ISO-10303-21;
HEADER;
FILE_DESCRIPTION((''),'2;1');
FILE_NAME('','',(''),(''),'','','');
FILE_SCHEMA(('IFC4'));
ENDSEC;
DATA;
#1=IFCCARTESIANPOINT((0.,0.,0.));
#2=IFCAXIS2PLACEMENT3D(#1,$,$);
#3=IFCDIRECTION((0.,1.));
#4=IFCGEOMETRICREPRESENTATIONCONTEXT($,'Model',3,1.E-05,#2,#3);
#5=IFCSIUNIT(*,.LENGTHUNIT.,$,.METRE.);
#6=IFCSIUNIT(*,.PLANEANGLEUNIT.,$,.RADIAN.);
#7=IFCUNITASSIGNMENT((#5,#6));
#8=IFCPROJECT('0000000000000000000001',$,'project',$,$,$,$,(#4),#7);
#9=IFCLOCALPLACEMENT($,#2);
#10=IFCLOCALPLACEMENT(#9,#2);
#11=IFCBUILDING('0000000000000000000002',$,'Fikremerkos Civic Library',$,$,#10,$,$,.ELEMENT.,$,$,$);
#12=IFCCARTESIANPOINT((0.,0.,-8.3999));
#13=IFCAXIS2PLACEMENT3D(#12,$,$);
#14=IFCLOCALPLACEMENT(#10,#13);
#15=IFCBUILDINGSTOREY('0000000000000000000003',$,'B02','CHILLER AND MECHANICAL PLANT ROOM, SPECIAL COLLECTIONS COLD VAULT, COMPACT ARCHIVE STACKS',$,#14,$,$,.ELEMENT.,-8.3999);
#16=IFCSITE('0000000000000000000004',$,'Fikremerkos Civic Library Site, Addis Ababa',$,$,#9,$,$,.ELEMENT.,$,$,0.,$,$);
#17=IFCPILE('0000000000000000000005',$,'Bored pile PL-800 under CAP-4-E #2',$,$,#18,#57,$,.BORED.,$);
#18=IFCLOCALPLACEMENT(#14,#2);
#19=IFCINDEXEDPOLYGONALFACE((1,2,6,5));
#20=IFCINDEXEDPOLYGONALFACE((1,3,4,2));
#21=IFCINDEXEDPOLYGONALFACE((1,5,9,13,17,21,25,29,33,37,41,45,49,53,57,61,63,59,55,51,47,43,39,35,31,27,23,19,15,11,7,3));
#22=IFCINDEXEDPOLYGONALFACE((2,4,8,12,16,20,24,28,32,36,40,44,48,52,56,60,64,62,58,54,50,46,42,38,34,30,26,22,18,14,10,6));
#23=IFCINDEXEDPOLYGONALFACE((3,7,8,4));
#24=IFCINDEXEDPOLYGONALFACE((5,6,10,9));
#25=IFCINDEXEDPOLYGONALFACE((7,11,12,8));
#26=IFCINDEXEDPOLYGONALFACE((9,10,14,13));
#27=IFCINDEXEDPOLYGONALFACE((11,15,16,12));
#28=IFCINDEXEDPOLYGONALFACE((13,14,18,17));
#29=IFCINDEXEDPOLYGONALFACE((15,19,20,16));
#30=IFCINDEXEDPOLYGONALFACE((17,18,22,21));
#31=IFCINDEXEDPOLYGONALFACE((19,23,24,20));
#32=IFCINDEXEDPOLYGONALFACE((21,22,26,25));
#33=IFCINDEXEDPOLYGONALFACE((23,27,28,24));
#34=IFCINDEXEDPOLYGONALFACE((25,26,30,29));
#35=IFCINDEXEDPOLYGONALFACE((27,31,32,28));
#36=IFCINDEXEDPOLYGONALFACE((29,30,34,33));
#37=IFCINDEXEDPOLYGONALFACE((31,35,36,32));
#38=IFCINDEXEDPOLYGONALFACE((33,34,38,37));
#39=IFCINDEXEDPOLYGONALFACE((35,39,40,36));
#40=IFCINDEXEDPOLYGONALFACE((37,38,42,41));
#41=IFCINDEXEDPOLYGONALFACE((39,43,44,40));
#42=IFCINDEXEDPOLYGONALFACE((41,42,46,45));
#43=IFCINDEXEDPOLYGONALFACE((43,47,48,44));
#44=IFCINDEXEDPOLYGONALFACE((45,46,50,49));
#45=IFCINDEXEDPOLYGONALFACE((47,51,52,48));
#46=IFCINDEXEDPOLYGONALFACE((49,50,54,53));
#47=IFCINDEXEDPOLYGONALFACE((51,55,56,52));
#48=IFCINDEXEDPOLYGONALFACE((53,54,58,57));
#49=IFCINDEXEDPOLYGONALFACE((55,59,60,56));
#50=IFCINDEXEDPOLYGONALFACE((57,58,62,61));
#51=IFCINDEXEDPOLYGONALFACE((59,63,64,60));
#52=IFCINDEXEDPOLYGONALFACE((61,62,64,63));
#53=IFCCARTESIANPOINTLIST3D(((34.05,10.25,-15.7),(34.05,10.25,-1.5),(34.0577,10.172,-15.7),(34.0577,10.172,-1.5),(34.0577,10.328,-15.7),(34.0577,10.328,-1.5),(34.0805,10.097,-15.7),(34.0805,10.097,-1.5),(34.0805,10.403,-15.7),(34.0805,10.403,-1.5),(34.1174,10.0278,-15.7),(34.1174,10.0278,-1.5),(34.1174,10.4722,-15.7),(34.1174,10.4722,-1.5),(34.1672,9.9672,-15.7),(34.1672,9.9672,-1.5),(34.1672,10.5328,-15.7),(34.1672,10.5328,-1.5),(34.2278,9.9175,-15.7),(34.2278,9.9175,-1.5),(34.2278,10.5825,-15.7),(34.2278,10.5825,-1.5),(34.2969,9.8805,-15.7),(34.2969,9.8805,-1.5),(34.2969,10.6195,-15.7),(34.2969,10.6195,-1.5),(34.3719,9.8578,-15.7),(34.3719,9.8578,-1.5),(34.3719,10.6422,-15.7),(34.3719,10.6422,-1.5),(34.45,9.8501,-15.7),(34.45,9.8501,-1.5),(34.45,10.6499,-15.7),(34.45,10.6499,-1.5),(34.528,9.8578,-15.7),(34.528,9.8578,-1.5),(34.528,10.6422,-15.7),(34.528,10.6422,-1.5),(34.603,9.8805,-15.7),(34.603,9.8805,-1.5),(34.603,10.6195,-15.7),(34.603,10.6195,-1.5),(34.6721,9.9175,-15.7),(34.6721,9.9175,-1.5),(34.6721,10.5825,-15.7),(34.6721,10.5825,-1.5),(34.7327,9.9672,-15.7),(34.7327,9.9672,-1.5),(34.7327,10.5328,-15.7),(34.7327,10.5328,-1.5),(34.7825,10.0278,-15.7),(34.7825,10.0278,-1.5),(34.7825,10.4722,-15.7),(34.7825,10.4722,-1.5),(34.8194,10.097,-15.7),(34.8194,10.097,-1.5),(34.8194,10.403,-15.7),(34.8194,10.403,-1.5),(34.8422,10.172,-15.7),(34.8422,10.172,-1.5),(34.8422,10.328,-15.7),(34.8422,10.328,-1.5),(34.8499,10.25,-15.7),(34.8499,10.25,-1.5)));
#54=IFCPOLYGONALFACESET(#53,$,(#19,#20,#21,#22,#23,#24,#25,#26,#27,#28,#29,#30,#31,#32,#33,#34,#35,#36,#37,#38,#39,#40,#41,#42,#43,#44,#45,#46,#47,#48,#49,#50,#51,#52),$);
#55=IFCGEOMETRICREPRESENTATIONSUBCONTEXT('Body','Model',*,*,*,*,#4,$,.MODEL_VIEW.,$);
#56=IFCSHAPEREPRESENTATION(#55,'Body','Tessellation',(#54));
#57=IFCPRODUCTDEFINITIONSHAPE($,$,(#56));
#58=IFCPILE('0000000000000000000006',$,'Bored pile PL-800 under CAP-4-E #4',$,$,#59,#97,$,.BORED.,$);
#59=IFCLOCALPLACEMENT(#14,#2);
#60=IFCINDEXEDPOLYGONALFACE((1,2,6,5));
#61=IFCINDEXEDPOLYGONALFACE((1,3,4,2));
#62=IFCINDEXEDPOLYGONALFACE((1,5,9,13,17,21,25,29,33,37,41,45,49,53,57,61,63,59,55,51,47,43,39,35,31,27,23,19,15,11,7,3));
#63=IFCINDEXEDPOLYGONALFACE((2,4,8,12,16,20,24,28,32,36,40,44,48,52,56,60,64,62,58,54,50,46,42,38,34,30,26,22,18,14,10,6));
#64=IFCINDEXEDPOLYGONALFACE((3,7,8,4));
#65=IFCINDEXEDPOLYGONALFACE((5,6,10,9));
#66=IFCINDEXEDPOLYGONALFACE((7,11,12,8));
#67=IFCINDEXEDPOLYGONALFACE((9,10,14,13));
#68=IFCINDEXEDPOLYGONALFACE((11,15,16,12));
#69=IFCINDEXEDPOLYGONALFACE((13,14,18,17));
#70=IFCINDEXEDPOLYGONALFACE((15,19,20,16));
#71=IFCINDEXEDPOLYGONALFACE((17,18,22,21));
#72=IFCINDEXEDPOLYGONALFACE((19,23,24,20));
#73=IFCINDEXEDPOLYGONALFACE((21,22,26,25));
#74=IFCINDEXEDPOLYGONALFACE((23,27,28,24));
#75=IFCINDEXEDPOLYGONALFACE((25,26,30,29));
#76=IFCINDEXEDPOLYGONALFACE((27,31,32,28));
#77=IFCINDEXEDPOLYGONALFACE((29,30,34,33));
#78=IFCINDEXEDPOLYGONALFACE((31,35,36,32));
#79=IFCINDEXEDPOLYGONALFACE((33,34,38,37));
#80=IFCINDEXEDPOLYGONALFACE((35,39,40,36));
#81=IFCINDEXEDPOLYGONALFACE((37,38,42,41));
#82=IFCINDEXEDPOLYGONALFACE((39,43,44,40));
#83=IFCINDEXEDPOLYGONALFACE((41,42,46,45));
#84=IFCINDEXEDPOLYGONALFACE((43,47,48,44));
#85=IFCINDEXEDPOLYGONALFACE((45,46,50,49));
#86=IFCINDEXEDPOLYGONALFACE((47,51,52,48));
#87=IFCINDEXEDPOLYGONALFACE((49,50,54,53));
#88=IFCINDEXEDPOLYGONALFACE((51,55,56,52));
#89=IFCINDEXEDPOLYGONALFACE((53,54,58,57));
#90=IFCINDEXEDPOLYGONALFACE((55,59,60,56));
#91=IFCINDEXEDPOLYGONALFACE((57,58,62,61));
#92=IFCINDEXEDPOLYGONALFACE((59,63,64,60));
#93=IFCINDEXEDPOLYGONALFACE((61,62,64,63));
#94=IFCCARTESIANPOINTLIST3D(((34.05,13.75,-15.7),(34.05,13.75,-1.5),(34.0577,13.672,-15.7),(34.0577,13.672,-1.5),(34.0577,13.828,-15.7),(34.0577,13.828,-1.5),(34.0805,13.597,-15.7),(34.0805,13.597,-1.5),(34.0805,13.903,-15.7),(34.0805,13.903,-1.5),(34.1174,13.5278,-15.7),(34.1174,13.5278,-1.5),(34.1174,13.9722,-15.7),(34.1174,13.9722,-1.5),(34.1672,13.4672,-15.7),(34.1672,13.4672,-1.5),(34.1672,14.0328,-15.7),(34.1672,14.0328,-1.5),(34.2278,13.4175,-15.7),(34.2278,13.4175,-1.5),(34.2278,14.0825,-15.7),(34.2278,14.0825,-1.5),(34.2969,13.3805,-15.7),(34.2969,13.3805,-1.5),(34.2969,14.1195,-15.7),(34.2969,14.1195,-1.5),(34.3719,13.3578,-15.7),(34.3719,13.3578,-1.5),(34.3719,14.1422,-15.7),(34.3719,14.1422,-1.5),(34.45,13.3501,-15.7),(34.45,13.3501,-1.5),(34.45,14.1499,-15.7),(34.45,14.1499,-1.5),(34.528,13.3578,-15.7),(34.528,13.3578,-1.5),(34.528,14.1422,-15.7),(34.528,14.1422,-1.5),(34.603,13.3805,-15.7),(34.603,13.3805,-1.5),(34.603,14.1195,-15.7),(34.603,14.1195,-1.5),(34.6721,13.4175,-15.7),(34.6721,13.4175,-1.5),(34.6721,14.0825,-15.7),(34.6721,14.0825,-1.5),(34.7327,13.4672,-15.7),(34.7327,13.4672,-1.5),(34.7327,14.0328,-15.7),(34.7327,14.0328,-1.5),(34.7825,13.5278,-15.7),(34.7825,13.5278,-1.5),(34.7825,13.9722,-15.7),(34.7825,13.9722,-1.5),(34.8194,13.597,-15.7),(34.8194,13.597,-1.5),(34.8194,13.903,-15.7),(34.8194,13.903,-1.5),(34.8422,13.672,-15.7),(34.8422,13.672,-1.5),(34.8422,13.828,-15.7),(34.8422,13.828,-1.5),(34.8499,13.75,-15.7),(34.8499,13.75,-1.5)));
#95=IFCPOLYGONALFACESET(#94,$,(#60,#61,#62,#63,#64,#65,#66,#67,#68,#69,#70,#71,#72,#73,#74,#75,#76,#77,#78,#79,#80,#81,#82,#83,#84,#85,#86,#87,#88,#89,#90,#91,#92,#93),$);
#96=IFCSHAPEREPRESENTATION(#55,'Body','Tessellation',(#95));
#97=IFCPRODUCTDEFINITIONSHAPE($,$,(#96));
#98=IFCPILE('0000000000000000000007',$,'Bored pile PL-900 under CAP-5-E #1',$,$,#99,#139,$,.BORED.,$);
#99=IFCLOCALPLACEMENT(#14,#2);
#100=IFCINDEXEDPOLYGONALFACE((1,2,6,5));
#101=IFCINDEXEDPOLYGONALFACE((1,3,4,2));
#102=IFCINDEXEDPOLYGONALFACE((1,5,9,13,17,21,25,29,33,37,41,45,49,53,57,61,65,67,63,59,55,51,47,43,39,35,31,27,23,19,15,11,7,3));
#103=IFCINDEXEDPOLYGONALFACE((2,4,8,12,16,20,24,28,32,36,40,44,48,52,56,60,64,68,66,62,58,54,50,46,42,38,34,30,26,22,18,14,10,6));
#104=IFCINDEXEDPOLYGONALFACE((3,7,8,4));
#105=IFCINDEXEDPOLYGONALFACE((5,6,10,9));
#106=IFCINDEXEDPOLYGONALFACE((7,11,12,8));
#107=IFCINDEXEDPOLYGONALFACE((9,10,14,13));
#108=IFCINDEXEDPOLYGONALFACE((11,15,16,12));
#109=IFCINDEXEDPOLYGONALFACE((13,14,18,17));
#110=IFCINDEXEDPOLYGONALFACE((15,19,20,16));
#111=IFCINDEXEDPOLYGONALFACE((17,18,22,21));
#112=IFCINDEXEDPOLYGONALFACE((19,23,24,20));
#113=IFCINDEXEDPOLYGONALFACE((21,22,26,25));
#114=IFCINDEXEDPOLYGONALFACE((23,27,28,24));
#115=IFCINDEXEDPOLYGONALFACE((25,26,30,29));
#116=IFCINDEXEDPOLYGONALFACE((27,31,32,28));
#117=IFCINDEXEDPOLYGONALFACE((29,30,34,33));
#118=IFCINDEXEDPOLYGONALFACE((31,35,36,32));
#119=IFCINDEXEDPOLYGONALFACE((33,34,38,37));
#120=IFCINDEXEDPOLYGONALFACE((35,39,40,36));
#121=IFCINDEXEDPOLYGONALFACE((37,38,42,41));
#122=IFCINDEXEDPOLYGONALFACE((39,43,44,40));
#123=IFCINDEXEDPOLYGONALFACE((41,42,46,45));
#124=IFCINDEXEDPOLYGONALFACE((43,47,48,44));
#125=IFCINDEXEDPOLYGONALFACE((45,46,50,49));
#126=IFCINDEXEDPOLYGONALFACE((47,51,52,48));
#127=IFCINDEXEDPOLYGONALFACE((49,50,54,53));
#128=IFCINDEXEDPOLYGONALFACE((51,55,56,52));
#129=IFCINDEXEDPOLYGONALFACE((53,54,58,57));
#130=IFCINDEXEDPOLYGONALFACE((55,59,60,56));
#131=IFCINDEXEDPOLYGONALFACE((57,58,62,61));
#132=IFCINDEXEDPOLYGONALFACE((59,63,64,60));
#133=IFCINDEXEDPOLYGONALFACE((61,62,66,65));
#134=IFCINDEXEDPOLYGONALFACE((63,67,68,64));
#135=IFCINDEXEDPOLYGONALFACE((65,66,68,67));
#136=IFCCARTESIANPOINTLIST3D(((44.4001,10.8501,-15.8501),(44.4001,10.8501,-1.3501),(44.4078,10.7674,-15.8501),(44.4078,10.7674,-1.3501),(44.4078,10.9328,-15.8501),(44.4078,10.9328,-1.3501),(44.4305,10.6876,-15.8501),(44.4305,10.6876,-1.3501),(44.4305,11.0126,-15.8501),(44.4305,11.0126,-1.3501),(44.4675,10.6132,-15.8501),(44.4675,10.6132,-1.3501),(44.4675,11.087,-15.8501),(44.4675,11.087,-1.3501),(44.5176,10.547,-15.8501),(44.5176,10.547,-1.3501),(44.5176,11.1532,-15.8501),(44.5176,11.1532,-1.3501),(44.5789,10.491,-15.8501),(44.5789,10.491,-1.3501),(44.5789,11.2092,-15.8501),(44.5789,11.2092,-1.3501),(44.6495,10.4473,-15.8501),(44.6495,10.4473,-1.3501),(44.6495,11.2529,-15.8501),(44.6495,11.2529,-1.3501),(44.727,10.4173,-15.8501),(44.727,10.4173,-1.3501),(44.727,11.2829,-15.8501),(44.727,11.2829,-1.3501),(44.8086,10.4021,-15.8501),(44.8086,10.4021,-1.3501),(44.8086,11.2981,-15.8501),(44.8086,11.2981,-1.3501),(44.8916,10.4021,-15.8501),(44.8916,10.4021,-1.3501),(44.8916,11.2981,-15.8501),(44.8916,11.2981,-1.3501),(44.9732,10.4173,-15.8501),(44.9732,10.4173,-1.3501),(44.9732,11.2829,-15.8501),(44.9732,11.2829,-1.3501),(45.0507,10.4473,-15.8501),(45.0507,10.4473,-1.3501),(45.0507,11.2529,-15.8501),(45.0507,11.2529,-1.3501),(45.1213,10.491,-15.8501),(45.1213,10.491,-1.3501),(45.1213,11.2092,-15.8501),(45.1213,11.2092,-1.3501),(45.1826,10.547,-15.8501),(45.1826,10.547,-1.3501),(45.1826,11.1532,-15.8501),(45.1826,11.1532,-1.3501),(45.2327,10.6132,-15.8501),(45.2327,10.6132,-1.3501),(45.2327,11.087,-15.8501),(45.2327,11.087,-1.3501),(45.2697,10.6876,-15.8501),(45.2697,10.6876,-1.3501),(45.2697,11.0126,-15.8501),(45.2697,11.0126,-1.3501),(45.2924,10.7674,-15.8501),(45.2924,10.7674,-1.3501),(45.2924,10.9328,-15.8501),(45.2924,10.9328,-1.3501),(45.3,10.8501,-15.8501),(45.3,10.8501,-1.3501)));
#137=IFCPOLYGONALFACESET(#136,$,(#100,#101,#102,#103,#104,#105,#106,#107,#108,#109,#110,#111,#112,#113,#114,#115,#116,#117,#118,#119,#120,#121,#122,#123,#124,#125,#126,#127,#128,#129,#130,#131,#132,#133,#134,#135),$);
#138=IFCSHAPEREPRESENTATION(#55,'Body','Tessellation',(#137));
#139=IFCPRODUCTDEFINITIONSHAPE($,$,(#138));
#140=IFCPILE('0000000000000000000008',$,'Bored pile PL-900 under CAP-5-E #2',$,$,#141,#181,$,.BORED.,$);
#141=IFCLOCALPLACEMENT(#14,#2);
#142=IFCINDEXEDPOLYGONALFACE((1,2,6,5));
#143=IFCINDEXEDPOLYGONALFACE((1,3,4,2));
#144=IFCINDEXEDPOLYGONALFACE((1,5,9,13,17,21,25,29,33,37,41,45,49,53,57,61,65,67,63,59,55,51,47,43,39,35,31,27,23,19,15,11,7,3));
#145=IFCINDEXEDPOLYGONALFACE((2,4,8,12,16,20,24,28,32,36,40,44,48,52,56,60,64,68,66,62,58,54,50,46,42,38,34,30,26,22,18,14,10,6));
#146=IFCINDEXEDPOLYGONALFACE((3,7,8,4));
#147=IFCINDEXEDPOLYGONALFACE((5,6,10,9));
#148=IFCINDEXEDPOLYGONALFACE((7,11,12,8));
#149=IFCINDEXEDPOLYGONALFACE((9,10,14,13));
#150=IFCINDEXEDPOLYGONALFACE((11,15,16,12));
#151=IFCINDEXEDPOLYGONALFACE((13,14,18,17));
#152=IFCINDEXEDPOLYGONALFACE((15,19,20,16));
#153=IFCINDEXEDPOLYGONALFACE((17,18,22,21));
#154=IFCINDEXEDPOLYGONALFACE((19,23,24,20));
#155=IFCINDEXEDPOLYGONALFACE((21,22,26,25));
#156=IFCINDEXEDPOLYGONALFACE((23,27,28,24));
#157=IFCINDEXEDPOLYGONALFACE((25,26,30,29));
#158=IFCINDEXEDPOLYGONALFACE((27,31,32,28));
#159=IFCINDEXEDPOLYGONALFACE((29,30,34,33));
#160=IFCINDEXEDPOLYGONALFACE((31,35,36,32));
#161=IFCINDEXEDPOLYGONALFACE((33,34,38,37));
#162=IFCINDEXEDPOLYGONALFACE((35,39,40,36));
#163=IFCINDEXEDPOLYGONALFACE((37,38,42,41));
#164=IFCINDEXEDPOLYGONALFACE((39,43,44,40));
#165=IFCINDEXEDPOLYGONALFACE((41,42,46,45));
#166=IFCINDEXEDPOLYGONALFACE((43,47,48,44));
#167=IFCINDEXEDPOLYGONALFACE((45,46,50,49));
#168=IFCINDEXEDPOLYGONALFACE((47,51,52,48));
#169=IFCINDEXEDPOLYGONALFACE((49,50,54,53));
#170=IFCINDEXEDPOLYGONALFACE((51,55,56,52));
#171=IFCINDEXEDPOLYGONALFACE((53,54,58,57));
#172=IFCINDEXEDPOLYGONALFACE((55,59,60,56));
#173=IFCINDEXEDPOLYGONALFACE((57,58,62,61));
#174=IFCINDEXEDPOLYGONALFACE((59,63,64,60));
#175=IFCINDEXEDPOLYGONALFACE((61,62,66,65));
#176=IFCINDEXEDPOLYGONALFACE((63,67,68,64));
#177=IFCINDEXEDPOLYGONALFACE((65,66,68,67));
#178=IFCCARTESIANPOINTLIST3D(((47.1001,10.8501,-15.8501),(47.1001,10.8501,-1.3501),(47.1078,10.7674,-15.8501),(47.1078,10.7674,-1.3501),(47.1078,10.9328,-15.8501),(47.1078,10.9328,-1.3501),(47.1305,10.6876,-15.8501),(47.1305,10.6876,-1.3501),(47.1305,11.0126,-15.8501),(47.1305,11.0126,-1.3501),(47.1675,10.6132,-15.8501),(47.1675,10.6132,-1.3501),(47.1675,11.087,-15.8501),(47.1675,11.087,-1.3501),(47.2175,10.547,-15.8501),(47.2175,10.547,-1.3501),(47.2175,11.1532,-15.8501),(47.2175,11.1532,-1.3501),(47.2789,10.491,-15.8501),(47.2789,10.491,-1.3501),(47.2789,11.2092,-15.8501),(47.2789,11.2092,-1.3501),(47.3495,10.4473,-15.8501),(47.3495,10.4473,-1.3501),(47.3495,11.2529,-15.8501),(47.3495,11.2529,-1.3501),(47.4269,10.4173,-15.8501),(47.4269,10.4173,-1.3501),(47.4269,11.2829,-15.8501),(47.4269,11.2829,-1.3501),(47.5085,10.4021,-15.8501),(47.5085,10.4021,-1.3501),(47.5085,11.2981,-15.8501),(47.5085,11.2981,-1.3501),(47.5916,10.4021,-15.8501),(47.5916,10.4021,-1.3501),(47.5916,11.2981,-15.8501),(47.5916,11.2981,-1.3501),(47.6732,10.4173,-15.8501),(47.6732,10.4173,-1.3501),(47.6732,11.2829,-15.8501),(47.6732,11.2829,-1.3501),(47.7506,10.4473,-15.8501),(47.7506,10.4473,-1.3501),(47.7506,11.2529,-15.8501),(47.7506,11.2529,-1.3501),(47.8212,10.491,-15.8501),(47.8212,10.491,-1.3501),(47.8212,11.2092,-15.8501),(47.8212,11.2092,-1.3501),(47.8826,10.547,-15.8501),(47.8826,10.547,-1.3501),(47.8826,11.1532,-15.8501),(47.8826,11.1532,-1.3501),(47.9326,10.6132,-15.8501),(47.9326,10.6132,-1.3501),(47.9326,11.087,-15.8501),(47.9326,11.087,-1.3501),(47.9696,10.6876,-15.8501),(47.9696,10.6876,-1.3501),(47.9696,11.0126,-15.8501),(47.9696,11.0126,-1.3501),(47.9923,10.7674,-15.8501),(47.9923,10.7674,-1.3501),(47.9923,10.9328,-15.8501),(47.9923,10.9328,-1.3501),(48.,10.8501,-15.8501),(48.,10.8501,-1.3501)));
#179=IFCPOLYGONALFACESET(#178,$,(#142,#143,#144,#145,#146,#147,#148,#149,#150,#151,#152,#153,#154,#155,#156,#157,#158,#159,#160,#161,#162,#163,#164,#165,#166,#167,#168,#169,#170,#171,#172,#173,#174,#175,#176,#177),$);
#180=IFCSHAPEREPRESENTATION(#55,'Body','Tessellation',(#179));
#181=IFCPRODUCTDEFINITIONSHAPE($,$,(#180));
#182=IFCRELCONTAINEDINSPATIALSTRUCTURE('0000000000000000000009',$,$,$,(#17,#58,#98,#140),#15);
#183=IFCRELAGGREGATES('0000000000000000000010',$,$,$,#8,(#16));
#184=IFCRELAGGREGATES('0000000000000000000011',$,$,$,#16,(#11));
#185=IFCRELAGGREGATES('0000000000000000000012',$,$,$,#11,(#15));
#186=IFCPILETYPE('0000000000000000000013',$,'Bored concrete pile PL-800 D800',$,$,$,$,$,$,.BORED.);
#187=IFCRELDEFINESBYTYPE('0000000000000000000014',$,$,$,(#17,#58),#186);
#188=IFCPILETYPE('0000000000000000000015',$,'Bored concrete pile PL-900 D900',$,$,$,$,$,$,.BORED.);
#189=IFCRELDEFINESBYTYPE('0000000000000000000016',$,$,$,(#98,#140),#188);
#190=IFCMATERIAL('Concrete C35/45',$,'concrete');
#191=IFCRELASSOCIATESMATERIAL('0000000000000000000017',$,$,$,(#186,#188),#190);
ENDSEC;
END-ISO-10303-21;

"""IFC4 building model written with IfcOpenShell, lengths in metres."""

from ifc_helpers import new_model, si_unit, direction, frame, origin, origin_2d, place, context, subcontext, project, spatial, circle, extrude, material, material_profile, profile_set, type_object, element, save


model = new_model("IFC4")

# Units and contexts
model_context = context("Model", 3, precision=1e-05, world=origin(), true_north=direction((0.0, 1.0)))
body_context = subcontext(model_context, "Body", "Model", "MODEL_VIEW")
ifc_project = project(units=[si_unit("LENGTHUNIT", "METRE"), si_unit("PLANEANGLEUNIT", "RADIAN")], contexts=[model_context])

# Site, building, storey
site_placement = place(None, origin())
site = spatial("IfcSite", under=ifc_project, at=site_placement, Name="Fikremerkos Civic Library Site, Addis Ababa", CompositionType="ELEMENT", RefElevation=0.0)
building_placement = place(site_placement, origin())
building = spatial("IfcBuilding", under=site, at=building_placement, Name="Fikremerkos Civic Library", CompositionType="ELEMENT")
storey_placement = place(building_placement, frame((0.0, 0.0, -8.3999)))
storey = spatial("IfcBuildingStorey", under=building, at=storey_placement, Name="B02", Description="CHILLER AND MECHANICAL PLANT ROOM, SPECIAL COLLECTIONS COLD VAULT, COMPACT ARCHIVE STACKS", CompositionType="ELEMENT", Elevation=-8.3999)

# Piles
ifc_material_1 = material(Name="Concrete C35/45", Category="concrete")
ifc_material_profile_1 = material_profile(ifc_material_1, circle(Radius=0.3999, at=origin_2d()), Name="BORED PILE 800")
ifc_profile_set_1 = profile_set([ifc_material_profile_1], Name="Concrete C35/45")
pile_type_1 = type_object("IfcPileType", Name="Bored concrete pile PL-800 D800", PredefinedType="BORED", material=ifc_profile_set_1)
for number, where, z_axis, x_axis, name in (
    (1, (34.45, 10.25, -1.5), (0.0, 0.0, -1.0), (1.0, 0.0, 0.0), "Bored pile PL-800 under CAP-4-E #2"),
    (2, (34.45, 13.75, -1.5), (0.0, 0.0, -1.0), (1.0, 0.0, 0.0), "Bored pile PL-800 under CAP-4-E #4"),
):
    element("IfcPile", number, at=place(storey_placement, frame(where, z_axis=z_axis, x_axis=x_axis)), inside=storey, type_object=pile_type_1, Name=name, PredefinedType="BORED", context=body_context, shape_type="SweptSolid", body=[
        extrude(circle(Radius=0.3999, at=origin_2d()), origin(), (0.0, 0.0, 1.0), 14.2),
    ])
ifc_material_profile_2 = material_profile(ifc_material_1, circle(Radius=0.45, at=origin_2d()), Name="BORED PILE 900")
ifc_profile_set_2 = profile_set([ifc_material_profile_2], Name="Concrete C35/45")
pile_type_2 = type_object("IfcPileType", Name="Bored concrete pile PL-900 D900", PredefinedType="BORED", material=ifc_profile_set_2)
for number, where, z_axis, x_axis, name in (
    (3, (44.8501, 10.8501, -1.3501), (0.0, 0.0, -1.0), (1.0, 0.0, 0.0), "Bored pile PL-900 under CAP-5-E #1"),
    (4, (47.55, 10.8501, -1.3501), (0.0, 0.0, -1.0), (1.0, 0.0, 0.0), "Bored pile PL-900 under CAP-5-E #2"),
):
    element("IfcPile", number, at=place(storey_placement, frame(where, z_axis=z_axis, x_axis=x_axis)), inside=storey, type_object=pile_type_2, Name=name, PredefinedType="BORED", context=body_context, shape_type="SweptSolid", body=[
        extrude(circle(Radius=0.45, at=origin_2d()), origin(), (0.0, 0.0, 1.0), 14.5),
    ])

save(model, "model.ifc")
